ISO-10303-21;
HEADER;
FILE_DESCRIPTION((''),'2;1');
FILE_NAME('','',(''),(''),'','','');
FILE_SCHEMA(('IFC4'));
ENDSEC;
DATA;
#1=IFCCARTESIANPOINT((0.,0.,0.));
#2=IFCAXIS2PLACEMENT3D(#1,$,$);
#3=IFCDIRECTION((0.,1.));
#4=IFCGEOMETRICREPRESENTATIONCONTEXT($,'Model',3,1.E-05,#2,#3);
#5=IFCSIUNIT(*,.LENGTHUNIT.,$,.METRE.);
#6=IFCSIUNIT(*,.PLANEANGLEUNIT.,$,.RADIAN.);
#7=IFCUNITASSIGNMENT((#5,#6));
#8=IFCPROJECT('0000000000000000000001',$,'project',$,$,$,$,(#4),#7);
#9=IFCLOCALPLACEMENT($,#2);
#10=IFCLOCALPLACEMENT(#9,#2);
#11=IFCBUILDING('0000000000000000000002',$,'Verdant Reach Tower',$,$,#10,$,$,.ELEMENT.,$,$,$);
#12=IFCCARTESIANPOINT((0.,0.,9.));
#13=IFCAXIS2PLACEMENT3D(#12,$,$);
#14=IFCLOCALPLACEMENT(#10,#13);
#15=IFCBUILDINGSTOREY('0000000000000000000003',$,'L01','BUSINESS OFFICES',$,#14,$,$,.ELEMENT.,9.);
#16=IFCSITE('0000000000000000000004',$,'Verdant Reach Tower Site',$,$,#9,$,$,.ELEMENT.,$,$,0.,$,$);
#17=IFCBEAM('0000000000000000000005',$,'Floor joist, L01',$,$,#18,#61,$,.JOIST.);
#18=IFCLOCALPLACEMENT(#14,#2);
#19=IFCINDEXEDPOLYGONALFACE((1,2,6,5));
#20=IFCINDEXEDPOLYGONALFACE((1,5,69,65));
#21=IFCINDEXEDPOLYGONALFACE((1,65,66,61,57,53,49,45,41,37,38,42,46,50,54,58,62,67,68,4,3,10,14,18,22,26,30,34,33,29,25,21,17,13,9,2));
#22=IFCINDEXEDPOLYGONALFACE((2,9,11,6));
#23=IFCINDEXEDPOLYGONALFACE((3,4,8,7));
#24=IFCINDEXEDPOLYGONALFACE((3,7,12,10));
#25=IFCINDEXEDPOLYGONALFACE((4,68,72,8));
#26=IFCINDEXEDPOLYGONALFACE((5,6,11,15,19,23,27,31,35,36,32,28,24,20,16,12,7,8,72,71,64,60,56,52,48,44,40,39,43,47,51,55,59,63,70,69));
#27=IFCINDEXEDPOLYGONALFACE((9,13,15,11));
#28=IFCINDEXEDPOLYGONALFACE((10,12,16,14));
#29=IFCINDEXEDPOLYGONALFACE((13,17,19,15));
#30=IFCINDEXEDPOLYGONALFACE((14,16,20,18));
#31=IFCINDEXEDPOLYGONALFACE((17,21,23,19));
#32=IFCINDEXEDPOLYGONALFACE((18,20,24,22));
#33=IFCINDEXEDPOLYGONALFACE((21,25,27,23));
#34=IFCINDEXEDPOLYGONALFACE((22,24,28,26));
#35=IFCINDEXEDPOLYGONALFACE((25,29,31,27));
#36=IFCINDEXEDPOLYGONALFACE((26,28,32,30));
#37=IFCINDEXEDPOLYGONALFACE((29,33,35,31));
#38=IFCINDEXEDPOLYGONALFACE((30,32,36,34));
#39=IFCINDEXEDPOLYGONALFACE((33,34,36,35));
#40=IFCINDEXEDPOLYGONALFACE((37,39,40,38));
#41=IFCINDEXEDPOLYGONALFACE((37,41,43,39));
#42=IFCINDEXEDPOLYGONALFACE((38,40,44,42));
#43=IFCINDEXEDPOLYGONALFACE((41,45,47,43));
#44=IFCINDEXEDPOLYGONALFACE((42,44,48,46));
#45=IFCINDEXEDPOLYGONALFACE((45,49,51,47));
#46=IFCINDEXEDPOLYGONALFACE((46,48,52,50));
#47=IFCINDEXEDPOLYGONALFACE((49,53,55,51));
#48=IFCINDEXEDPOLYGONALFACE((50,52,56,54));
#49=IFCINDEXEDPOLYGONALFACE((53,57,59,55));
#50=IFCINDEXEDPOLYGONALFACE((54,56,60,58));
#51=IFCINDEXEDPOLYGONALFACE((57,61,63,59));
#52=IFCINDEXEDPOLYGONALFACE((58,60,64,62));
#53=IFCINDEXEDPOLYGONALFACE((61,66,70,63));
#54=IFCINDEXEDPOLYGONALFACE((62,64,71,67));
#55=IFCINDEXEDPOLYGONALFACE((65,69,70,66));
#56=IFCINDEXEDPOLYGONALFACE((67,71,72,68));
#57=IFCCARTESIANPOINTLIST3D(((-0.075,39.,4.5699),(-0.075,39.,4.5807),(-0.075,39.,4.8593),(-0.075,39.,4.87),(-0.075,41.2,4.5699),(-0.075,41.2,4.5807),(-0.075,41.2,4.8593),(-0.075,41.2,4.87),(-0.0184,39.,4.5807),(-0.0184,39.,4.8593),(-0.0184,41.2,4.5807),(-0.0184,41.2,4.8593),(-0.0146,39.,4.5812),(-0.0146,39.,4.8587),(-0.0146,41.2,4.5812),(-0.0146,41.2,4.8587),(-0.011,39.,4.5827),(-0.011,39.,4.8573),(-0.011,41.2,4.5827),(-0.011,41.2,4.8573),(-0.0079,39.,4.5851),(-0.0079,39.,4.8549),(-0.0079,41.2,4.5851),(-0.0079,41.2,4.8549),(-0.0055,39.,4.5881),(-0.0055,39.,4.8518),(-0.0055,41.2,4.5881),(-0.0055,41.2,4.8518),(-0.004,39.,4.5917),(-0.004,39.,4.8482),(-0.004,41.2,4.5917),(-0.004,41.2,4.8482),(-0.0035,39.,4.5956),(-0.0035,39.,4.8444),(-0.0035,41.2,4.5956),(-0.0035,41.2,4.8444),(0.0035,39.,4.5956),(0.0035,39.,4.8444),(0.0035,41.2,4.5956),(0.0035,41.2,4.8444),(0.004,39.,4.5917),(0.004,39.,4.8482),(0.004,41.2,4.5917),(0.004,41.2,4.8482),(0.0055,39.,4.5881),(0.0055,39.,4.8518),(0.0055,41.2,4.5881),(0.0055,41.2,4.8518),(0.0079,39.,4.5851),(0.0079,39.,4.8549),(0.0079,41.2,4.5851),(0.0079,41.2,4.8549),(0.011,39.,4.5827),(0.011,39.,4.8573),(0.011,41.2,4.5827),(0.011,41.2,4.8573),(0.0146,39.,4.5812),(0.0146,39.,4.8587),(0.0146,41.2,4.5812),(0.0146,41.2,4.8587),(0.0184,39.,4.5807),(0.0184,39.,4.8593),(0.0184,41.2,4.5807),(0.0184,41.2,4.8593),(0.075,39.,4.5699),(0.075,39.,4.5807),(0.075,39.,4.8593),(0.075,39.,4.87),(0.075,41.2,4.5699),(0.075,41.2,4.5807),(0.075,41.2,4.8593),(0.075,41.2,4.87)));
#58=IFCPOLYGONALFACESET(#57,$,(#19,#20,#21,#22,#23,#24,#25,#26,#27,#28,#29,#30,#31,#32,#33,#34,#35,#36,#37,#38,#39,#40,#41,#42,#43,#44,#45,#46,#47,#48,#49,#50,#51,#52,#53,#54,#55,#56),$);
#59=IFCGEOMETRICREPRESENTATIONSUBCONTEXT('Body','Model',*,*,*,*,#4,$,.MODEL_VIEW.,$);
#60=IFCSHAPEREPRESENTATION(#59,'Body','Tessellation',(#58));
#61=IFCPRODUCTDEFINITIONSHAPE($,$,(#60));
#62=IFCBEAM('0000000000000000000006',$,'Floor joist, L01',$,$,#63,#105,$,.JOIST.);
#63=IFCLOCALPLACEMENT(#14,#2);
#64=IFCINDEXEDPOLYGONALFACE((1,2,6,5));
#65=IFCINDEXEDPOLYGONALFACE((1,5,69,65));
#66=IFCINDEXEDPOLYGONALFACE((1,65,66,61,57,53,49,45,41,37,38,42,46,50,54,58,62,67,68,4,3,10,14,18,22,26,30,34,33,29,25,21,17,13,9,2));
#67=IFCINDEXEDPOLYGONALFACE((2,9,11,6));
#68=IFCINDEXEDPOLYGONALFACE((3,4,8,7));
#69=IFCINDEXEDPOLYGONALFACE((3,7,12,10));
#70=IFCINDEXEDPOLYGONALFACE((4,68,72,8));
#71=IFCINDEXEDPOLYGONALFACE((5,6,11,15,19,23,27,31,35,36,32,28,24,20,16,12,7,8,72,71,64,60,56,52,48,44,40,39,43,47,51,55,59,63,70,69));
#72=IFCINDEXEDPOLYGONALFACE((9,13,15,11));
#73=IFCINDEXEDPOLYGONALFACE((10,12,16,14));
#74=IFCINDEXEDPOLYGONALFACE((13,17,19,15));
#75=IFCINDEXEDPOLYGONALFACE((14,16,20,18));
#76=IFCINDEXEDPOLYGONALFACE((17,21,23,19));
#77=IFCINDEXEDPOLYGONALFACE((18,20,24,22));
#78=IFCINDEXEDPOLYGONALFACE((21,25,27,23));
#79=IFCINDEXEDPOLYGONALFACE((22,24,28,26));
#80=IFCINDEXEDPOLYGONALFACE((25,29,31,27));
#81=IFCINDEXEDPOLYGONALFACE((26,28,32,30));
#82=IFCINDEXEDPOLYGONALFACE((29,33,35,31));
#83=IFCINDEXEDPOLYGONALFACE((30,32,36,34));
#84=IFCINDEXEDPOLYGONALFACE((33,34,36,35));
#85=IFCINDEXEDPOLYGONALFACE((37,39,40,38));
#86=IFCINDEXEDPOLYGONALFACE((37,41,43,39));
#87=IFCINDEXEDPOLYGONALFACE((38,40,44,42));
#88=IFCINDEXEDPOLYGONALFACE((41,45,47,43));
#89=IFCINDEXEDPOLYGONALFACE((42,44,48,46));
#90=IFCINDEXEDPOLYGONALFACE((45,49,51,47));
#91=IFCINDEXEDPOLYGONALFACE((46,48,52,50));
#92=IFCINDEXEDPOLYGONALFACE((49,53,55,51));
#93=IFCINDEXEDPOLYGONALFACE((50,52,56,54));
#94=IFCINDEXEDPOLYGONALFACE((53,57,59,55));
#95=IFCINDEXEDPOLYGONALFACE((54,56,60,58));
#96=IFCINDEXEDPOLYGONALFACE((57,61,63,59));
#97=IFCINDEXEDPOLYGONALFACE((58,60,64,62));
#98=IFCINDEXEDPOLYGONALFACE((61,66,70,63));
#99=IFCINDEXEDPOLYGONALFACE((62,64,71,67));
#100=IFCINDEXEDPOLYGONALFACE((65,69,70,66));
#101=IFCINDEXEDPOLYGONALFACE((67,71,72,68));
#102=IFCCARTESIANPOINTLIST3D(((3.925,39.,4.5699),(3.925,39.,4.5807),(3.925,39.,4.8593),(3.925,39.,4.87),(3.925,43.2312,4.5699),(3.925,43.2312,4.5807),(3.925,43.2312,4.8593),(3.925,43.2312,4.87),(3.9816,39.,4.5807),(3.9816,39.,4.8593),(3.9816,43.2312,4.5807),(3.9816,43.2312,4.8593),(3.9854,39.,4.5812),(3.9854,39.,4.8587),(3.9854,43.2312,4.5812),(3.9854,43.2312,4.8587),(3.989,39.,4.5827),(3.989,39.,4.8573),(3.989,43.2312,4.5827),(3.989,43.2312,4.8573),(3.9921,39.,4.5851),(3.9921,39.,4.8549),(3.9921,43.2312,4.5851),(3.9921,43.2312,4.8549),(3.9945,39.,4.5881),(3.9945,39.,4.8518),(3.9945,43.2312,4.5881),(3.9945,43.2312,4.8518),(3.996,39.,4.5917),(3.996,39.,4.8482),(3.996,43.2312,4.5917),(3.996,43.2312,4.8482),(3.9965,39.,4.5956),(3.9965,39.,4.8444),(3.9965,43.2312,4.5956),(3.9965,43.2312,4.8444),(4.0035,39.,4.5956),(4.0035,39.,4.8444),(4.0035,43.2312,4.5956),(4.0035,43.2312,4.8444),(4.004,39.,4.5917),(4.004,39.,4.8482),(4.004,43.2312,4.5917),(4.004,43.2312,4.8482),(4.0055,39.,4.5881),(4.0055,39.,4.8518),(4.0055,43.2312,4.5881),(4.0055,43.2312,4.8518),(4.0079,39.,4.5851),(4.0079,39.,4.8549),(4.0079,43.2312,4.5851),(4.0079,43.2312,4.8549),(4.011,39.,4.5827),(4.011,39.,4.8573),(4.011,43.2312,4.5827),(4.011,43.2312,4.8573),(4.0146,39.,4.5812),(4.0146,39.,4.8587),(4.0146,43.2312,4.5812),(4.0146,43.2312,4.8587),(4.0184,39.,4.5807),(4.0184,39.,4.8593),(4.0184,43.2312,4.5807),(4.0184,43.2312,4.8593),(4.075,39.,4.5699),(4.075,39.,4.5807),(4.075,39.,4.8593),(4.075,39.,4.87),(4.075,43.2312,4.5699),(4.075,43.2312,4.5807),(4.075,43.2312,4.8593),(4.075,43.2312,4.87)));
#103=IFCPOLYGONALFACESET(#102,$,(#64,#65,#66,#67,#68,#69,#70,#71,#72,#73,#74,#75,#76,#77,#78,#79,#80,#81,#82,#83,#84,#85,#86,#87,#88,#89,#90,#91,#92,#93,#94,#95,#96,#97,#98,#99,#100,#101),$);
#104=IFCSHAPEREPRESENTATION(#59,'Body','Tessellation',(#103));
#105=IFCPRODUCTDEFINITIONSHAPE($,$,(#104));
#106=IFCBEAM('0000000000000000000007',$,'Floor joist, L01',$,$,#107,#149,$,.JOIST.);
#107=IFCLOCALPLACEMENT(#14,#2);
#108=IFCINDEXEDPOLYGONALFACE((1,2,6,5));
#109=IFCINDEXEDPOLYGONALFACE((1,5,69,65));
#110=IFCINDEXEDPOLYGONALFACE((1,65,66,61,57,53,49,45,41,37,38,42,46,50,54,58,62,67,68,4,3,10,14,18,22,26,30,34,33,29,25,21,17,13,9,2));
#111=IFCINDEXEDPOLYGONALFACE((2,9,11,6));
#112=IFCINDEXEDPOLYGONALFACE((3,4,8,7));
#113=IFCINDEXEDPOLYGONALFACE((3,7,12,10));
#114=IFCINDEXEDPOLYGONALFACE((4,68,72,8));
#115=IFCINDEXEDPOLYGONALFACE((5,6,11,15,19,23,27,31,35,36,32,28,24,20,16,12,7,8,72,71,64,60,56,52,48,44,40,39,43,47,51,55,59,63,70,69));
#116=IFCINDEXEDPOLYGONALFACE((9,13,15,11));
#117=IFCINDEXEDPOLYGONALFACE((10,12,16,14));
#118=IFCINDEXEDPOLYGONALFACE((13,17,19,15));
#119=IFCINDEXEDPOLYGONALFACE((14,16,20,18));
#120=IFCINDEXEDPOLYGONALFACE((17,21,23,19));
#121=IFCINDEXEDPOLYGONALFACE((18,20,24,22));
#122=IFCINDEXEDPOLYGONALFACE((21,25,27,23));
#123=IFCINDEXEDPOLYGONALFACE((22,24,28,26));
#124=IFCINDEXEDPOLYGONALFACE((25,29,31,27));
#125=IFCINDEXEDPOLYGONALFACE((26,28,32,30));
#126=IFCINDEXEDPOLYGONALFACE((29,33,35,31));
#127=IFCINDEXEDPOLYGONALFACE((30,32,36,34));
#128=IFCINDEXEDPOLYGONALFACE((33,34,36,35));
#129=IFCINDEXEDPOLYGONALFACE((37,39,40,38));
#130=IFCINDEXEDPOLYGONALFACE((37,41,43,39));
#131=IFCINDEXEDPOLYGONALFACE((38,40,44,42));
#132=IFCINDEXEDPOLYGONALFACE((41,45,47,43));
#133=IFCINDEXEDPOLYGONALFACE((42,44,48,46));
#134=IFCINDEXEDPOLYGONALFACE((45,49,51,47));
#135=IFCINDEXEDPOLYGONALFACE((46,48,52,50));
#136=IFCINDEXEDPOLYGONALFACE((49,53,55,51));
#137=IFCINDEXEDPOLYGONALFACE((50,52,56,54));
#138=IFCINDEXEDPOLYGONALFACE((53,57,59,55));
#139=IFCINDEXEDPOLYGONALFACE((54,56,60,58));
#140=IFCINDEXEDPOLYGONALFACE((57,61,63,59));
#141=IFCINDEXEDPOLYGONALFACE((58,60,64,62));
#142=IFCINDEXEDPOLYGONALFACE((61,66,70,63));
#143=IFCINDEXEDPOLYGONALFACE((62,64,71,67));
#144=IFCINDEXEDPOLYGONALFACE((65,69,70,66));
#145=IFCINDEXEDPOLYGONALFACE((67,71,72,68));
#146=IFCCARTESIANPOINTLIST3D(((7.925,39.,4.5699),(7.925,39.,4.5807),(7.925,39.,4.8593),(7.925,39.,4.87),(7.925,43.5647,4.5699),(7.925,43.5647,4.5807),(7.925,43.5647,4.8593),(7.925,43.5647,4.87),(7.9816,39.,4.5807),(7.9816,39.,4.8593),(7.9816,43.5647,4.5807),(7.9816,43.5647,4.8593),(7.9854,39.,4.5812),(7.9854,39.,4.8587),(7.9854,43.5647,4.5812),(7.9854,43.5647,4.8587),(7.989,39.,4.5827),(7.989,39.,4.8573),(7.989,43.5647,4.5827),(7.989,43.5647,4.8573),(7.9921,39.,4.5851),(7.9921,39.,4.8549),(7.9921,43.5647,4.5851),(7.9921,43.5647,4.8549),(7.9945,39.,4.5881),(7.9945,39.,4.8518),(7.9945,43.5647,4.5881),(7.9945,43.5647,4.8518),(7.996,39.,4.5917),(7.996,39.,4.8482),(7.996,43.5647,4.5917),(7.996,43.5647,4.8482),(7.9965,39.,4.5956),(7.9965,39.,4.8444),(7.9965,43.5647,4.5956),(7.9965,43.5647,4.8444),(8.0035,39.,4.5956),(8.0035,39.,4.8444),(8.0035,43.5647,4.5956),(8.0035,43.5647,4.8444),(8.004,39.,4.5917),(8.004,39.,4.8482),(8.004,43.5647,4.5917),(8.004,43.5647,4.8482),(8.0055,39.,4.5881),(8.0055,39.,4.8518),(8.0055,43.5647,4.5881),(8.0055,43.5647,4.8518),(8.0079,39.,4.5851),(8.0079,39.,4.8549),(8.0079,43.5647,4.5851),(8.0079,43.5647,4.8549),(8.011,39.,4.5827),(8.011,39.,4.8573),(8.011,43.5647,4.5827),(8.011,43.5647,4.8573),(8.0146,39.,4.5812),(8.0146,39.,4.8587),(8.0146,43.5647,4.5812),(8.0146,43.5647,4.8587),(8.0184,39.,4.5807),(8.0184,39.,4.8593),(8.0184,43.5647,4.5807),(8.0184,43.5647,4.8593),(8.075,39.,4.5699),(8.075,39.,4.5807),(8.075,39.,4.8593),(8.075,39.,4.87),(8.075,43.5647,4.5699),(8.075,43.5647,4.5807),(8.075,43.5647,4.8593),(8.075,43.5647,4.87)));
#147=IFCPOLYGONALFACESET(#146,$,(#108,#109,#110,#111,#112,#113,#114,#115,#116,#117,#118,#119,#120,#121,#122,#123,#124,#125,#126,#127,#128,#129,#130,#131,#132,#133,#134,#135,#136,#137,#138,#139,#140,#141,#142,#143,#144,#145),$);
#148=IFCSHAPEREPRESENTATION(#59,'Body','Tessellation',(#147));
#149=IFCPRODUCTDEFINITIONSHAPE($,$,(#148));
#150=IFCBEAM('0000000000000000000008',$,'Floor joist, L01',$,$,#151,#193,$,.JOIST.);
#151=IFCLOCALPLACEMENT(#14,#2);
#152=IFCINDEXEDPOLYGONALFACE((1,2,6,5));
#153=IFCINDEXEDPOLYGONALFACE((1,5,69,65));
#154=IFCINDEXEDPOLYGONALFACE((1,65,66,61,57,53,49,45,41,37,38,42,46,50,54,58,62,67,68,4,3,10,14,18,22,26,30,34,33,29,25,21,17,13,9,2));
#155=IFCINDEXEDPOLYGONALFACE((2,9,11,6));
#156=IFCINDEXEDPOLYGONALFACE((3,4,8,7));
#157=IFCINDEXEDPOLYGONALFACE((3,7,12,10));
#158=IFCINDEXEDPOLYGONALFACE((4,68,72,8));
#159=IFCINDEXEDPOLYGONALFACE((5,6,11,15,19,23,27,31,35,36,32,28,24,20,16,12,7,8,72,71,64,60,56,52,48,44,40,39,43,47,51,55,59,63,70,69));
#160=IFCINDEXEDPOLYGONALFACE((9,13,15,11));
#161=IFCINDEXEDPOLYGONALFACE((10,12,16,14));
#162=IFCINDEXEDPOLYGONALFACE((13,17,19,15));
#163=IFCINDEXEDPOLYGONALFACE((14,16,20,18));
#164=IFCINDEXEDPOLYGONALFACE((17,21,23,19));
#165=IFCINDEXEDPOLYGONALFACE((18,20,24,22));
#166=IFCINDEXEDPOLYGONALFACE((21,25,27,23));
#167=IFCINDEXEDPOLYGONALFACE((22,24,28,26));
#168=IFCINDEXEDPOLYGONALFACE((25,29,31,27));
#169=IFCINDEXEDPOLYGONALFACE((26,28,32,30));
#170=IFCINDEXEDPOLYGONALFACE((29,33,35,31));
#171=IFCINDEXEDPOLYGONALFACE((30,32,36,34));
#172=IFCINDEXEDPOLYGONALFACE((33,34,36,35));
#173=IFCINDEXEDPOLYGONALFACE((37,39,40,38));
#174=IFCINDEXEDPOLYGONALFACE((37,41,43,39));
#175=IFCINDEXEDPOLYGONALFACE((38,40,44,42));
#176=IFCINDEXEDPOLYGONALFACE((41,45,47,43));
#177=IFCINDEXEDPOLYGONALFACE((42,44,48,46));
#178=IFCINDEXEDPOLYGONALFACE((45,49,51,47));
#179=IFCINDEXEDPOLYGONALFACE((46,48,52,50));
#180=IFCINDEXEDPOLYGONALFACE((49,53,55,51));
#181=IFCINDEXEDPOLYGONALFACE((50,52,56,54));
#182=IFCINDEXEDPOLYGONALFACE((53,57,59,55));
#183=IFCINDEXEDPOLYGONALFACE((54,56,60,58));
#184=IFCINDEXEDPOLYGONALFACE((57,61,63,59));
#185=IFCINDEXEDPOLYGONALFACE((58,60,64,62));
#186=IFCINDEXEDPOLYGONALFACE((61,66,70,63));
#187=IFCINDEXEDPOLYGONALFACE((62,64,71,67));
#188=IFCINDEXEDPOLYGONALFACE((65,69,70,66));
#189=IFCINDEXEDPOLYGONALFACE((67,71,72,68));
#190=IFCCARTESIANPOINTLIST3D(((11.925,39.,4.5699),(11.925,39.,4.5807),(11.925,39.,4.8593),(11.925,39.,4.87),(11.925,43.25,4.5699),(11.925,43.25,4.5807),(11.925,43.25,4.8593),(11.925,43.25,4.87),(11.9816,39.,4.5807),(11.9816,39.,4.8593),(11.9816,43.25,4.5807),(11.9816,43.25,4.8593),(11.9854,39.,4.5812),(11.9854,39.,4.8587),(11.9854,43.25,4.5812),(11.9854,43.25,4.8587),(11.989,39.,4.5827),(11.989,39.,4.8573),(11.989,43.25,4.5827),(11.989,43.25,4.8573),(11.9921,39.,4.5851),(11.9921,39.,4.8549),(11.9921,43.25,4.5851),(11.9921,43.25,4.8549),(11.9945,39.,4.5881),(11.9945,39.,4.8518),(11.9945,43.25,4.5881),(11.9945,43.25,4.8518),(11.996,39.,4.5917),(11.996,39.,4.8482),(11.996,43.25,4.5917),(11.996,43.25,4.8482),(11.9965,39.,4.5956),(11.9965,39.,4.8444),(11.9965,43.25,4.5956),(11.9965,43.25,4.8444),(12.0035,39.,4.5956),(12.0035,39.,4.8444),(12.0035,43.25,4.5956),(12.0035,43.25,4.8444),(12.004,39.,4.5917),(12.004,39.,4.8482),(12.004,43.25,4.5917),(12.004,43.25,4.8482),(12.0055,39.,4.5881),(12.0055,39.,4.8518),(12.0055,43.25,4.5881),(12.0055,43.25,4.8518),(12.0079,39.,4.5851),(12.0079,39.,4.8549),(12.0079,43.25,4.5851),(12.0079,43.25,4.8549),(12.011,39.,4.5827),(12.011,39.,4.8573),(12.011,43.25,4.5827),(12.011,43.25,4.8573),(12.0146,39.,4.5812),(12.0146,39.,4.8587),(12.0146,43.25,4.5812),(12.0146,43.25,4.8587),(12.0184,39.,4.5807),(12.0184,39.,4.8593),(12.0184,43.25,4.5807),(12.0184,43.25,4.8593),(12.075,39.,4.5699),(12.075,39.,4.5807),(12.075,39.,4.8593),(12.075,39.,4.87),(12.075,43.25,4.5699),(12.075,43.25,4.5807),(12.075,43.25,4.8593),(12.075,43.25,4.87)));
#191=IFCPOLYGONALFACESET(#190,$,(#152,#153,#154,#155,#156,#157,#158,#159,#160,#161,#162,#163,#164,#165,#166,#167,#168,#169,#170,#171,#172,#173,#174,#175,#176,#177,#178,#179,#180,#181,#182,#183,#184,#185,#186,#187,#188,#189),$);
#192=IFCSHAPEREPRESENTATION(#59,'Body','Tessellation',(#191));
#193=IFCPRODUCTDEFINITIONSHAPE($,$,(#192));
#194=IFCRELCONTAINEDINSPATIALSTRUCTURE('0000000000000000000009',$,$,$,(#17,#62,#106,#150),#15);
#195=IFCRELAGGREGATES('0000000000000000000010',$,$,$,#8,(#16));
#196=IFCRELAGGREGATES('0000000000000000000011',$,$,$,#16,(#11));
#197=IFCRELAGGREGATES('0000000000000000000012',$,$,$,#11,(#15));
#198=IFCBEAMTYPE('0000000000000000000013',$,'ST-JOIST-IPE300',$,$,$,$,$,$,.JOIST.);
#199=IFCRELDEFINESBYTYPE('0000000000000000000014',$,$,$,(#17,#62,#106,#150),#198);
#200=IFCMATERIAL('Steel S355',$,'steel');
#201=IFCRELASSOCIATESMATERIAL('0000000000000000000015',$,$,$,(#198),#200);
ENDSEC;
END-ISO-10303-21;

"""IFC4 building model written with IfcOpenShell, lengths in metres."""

from ifc_helpers import new_model, si_unit, direction, frame, origin, origin_2d, place, context, subcontext, project, spatial, i_section, extrude, material, material_profile, profile_set, type_object, element, save


model = new_model("IFC4")

# Units and contexts
model_context = context("Model", 3, precision=1e-05, world=origin(), true_north=direction((0.0, 1.0)))
body_context = subcontext(model_context, "Body", "Model", "MODEL_VIEW")
ifc_project = project(units=[si_unit("LENGTHUNIT", "METRE"), si_unit("PLANEANGLEUNIT", "RADIAN")], contexts=[model_context])

# Site, building, storey
site_placement = place(None, origin())
site = spatial("IfcSite", under=ifc_project, at=site_placement, Name="Verdant Reach Tower Site", CompositionType="ELEMENT", RefElevation=0.0)
building_placement = place(site_placement, origin())
building = spatial("IfcBuilding", under=site, at=building_placement, Name="Verdant Reach Tower", CompositionType="ELEMENT")
storey_placement = place(building_placement, frame((0.0, 0.0, 9.0)))
storey = spatial("IfcBuildingStorey", under=building, at=storey_placement, Name="L01", Description="BUSINESS OFFICES", CompositionType="ELEMENT", Elevation=9.0)

# Beams
ifc_material_1 = material(Name="Steel S355", Category="steel")
ifc_material_profile_1 = material_profile(ifc_material_1, i_section(OverallWidth=0.1499, OverallDepth=0.3, WebThickness=0.0071, FlangeThickness=0.0107, FilletRadius=0.0149, at=origin_2d()), Name="IPE 300")
ifc_profile_set_1 = profile_set([ifc_material_profile_1], Name="Steel S355")
beam_type_1 = type_object("IfcBeamType", Name="ST-JOIST-IPE300", PredefinedType="JOIST", material=ifc_profile_set_1)
beam_1_placement = place(storey_placement, frame((0.0, 39.0, 4.72), z_axis=(0.0, 1.0, 0.0), x_axis=(-1.0, 0.0, 0.0)))
element("IfcBeam", 1, at=beam_1_placement, inside=storey, type_object=beam_type_1, Name="Floor joist, L01", PredefinedType="JOIST", context=body_context, shape_type="SweptSolid", body=[
    extrude(i_section(OverallWidth=0.1499, OverallDepth=0.3, WebThickness=0.0071, FlangeThickness=0.0107, FilletRadius=0.0149, at=origin_2d()), origin(), (0.0, 0.0, 1.0), 2.2),
])
beam_2_placement = place(storey_placement, frame((4.0, 39.0, 4.72), z_axis=(0.0, 1.0, 0.0), x_axis=(-1.0, 0.0, 0.0)))
element("IfcBeam", 2, at=beam_2_placement, inside=storey, type_object=beam_type_1, Name="Floor joist, L01", PredefinedType="JOIST", context=body_context, shape_type="SweptSolid", body=[
    extrude(i_section(OverallWidth=0.1499, OverallDepth=0.3, WebThickness=0.0071, FlangeThickness=0.0107, FilletRadius=0.0149, at=origin_2d()), origin(), (0.0, 0.0, 1.0), 4.2312),
])
beam_3_placement = place(storey_placement, frame((8.0, 39.0, 4.72), z_axis=(0.0, 1.0, 0.0), x_axis=(-1.0, 0.0, 0.0)))
element("IfcBeam", 3, at=beam_3_placement, inside=storey, type_object=beam_type_1, Name="Floor joist, L01", PredefinedType="JOIST", context=body_context, shape_type="SweptSolid", body=[
    extrude(i_section(OverallWidth=0.1499, OverallDepth=0.3, WebThickness=0.0071, FlangeThickness=0.0107, FilletRadius=0.0149, at=origin_2d()), origin(), (0.0, 0.0, 1.0), 4.5647),
])
beam_4_placement = place(storey_placement, frame((12.0, 39.0, 4.72), z_axis=(0.0, 1.0, 0.0), x_axis=(-1.0, 0.0, 0.0)))
element("IfcBeam", 4, at=beam_4_placement, inside=storey, type_object=beam_type_1, Name="Floor joist, L01", PredefinedType="JOIST", context=body_context, shape_type="SweptSolid", body=[
    extrude(i_section(OverallWidth=0.1499, OverallDepth=0.3, WebThickness=0.0071, FlangeThickness=0.0107, FilletRadius=0.0149, at=origin_2d()), origin(), (0.0, 0.0, 1.0), 4.25),
])

save(model, "model.ifc")
